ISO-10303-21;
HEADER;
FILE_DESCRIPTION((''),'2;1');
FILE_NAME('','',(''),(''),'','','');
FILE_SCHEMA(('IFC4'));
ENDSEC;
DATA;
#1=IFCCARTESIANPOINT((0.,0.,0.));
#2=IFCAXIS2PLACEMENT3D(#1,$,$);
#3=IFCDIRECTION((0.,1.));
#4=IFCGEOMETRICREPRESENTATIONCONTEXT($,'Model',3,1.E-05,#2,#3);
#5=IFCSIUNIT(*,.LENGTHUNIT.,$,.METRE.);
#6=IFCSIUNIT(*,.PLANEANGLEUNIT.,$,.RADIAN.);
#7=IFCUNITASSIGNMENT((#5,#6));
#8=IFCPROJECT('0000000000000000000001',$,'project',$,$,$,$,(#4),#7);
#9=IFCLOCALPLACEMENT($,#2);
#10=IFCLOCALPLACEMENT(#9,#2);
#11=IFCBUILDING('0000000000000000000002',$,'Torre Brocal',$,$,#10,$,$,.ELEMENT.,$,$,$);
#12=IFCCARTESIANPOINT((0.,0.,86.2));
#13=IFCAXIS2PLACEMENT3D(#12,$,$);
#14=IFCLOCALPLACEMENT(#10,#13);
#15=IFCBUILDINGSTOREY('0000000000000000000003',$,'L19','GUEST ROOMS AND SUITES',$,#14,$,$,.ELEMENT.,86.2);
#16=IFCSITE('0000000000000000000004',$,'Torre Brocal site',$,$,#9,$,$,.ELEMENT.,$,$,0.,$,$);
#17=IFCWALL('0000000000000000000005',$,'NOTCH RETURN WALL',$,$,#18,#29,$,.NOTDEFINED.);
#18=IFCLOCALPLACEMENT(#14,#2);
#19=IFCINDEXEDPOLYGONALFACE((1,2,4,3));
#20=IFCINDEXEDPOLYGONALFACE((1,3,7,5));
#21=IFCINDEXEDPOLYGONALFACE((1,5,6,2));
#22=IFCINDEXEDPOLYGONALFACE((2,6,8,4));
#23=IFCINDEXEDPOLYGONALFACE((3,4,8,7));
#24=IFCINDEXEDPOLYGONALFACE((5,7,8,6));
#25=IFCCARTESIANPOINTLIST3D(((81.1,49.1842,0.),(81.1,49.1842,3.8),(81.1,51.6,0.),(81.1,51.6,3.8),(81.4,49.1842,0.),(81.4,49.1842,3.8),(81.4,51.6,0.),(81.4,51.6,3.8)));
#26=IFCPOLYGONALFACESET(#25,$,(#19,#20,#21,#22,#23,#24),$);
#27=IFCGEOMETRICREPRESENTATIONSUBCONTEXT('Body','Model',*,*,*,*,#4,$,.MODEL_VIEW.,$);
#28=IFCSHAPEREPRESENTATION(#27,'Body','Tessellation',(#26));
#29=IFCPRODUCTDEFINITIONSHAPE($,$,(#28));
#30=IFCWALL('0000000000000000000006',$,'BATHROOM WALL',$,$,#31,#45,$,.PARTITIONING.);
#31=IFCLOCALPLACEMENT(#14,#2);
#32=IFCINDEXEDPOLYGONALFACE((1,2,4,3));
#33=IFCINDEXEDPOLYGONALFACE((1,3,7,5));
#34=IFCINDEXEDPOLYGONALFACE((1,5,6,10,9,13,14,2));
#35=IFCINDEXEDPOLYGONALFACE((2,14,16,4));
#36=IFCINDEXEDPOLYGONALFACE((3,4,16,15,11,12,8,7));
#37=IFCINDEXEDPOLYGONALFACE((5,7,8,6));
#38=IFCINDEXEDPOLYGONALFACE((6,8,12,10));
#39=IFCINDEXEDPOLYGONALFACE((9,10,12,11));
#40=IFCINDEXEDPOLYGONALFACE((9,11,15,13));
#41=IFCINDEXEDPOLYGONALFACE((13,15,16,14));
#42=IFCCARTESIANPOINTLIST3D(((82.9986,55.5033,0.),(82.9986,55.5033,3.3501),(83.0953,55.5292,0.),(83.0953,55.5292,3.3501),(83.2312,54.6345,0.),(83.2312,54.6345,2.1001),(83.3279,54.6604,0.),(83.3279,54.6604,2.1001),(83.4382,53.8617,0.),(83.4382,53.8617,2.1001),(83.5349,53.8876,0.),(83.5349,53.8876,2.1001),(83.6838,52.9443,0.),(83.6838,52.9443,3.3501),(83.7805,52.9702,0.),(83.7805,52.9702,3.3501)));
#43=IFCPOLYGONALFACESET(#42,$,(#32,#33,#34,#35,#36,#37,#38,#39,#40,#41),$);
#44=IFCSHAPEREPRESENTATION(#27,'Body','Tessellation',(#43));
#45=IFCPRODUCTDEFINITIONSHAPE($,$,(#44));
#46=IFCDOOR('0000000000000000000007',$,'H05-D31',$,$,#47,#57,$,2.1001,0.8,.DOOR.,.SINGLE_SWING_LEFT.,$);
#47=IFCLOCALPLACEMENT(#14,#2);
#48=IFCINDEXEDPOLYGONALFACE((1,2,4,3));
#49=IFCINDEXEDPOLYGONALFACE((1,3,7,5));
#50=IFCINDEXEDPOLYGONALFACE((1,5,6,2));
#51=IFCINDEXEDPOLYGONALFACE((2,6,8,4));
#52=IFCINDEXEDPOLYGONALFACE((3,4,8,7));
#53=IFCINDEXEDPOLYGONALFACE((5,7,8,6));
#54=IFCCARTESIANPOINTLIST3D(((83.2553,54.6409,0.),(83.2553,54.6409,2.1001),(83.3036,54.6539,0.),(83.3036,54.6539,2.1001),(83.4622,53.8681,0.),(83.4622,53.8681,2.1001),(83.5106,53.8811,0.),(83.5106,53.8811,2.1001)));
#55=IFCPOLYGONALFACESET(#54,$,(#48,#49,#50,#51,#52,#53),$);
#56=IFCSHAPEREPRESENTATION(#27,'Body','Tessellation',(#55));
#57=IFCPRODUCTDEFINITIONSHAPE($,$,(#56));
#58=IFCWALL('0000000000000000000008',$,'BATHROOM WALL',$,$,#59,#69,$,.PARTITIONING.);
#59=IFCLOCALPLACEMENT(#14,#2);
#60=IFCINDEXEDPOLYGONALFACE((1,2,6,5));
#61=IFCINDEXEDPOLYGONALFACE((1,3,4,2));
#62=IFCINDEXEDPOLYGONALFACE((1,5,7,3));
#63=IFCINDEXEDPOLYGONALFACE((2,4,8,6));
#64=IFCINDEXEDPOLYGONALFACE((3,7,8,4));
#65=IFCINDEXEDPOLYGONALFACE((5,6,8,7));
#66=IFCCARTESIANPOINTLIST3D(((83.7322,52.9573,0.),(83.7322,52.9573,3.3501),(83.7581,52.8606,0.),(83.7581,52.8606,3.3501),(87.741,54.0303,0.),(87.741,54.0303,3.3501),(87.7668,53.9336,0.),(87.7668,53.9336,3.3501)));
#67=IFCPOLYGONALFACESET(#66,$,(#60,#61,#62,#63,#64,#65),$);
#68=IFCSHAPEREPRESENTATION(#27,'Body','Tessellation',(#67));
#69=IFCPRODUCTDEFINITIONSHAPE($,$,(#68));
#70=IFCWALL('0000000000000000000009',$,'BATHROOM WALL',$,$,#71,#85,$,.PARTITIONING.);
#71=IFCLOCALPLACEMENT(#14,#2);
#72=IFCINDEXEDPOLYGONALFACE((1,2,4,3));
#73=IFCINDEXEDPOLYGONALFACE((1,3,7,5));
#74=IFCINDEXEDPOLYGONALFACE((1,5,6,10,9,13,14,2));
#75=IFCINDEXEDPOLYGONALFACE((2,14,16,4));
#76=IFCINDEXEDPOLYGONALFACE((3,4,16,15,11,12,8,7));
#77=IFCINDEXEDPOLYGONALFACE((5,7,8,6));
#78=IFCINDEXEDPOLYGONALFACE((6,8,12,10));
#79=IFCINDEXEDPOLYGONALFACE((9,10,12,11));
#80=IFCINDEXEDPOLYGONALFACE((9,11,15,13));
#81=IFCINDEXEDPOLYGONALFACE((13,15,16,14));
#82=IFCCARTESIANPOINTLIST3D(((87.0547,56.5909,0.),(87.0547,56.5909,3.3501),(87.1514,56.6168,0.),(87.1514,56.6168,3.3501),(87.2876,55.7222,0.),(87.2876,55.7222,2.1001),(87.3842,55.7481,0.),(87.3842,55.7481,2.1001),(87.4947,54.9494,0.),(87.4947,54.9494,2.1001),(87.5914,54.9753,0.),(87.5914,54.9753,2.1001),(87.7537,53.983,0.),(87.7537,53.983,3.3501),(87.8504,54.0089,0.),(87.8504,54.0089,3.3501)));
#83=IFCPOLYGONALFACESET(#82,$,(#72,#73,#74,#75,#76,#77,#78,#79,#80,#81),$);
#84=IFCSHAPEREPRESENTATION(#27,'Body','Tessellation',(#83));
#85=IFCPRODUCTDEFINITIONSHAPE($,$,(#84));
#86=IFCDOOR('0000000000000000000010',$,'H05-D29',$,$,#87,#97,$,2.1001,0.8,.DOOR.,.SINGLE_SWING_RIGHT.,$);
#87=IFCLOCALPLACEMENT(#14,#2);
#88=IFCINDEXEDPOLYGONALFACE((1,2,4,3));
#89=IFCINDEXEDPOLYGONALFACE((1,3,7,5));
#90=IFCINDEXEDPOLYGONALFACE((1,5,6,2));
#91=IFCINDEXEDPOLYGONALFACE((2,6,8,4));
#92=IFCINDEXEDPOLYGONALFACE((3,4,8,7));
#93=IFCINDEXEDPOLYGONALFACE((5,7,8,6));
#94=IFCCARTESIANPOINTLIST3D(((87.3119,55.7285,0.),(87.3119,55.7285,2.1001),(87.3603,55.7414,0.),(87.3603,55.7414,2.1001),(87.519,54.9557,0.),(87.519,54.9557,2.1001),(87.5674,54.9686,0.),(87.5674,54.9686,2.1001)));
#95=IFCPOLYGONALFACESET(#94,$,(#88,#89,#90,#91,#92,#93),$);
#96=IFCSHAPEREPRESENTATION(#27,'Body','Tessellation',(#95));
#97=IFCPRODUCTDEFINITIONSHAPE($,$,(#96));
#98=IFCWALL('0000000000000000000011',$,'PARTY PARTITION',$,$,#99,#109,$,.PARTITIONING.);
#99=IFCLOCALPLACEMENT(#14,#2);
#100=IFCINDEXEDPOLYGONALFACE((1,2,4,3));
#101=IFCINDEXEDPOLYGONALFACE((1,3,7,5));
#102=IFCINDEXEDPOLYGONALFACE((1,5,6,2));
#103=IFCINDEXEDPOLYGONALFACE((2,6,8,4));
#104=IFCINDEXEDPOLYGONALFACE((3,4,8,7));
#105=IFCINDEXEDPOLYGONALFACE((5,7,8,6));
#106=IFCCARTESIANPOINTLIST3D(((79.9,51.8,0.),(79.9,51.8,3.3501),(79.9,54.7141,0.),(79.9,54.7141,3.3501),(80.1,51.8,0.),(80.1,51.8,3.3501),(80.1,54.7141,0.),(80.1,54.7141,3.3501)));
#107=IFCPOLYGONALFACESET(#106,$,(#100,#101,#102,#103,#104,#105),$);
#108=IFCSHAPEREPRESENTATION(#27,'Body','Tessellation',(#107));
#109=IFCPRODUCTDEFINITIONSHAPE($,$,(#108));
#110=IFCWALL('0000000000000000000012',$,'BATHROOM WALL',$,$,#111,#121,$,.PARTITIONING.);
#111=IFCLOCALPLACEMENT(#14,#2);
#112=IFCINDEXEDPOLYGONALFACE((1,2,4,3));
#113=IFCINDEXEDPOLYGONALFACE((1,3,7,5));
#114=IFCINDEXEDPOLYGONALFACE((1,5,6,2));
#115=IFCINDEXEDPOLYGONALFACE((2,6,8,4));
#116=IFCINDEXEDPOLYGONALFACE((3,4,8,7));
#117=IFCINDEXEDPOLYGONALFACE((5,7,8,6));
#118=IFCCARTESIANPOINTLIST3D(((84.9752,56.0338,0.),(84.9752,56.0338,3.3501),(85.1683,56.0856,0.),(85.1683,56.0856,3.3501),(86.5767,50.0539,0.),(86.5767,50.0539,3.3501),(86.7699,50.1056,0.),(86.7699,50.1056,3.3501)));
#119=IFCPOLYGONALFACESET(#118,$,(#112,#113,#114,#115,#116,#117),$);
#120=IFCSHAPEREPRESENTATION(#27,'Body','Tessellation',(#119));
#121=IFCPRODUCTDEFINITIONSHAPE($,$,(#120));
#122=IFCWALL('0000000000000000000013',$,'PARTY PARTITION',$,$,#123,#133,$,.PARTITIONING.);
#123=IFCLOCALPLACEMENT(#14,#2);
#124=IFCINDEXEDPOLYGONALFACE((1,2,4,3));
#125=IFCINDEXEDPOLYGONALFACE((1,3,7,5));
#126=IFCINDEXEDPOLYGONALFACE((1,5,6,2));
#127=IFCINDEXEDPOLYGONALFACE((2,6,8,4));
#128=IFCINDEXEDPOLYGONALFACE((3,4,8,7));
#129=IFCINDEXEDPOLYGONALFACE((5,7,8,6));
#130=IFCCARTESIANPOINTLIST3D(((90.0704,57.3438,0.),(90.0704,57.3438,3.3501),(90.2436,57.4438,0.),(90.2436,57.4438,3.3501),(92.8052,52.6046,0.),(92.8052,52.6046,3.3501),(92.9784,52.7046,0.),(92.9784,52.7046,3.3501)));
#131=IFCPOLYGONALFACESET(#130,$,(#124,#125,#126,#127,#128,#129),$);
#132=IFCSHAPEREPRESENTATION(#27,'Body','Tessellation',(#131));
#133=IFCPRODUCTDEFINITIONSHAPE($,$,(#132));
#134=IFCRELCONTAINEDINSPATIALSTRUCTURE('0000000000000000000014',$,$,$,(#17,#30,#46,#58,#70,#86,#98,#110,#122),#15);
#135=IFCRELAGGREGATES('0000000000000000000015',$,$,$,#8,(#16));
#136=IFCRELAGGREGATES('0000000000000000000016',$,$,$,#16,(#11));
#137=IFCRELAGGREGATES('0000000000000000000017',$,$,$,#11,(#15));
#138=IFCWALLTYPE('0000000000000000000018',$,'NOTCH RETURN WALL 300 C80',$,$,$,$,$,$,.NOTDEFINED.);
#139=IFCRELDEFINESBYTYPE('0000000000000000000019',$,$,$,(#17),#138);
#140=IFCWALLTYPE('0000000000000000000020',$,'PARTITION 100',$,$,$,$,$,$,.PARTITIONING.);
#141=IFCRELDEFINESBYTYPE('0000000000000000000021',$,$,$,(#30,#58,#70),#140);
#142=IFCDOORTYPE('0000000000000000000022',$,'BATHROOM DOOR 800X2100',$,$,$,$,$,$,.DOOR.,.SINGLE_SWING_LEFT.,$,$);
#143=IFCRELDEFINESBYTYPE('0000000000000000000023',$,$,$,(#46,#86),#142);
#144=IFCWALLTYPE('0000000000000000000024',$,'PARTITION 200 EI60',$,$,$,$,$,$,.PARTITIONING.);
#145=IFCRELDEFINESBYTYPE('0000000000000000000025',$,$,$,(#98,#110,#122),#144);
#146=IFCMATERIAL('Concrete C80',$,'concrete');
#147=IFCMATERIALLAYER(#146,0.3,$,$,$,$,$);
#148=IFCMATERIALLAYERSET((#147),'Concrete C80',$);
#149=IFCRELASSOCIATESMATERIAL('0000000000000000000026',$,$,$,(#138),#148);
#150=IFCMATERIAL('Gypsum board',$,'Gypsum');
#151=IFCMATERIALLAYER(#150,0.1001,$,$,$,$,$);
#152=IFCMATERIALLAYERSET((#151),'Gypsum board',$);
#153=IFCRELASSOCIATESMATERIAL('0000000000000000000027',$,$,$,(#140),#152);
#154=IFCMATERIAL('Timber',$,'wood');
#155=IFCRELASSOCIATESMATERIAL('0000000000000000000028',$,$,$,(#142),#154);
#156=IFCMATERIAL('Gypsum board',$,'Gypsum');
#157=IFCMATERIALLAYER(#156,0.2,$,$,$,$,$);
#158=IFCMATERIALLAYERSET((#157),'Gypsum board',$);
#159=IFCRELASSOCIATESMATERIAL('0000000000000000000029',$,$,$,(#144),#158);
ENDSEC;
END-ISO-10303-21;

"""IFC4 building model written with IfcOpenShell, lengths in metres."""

from ifc_helpers import new_model, si_unit, direction, frame, frame_2d, origin, place, context, subcontext, project, spatial, rectangle, extrude, material, layer, layer_set, type_object, element, fill, save


model = new_model("IFC4")

# Units and contexts
model_context = context("Model", 3, precision=1e-05, world=origin(), true_north=direction((0.0, 1.0)))
body_context = subcontext(model_context, "Body", "Model", "MODEL_VIEW")
ifc_project = project(units=[si_unit("LENGTHUNIT", "METRE"), si_unit("PLANEANGLEUNIT", "RADIAN")], contexts=[model_context])

# Site, building, storey
site_placement = place(None, origin())
site = spatial("IfcSite", under=ifc_project, at=site_placement, Name="Torre Brocal site", CompositionType="ELEMENT", RefElevation=0.0)
building_placement = place(site_placement, origin())
building = spatial("IfcBuilding", under=site, at=building_placement, Name="Torre Brocal", CompositionType="ELEMENT")
storey_placement = place(building_placement, frame((0.0, 0.0, 86.2)))
storey = spatial("IfcBuildingStorey", under=building, at=storey_placement, Name="L19", Description="GUEST ROOMS AND SUITES", CompositionType="ELEMENT", Elevation=86.2)

# Wall
ifc_material_1 = material(Name="Concrete C80", Category="concrete")
ifc_layer_1 = layer(ifc_material_1, 0.3)
ifc_layer_set_1 = layer_set([ifc_layer_1], Name="Concrete C80")
wall_type_1 = type_object("IfcWallType", Name="NOTCH RETURN WALL 300 C80", PredefinedType="NOTDEFINED", material=ifc_layer_set_1)
wall_1_placement = place(storey_placement, frame((81.25, 51.6001, 0.0), z_axis=(0.0, 0.0, 1.0), x_axis=(0.0, -1.0, 0.0)))
element("IfcWall", 1, at=wall_1_placement, inside=storey, type_object=wall_type_1, Name="NOTCH RETURN WALL", PredefinedType="NOTDEFINED", context=body_context, shape_type="SweptSolid", body=[
    extrude(rectangle(XDim=2.4158, YDim=0.3, at=frame_2d((1.208, 0.0))), origin(), (0.0, 0.0, 1.0), 3.8),
])

# Wall, opening, door
ifc_material_2 = material(Name="Gypsum board", Category="Gypsum")
ifc_layer_2 = layer(ifc_material_2, 0.1001)
ifc_layer_set_2 = layer_set([ifc_layer_2], Name="Gypsum board")
wall_type_2 = type_object("IfcWallType", Name="PARTITION 100", PredefinedType="PARTITIONING", material=ifc_layer_set_2)
wall_2_placement = place(storey_placement, frame((83.0469, 55.5164, 0.0), z_axis=(0.0, 0.0, 1.0), x_axis=(0.258678, -0.965964, 0.0)))
wall_2 = element("IfcWall", 2, at=wall_2_placement, inside=storey, type_object=wall_type_2, Name="BATHROOM WALL", PredefinedType="PARTITIONING", context=body_context, shape_type="SweptSolid", body=[
    extrude(rectangle(XDim=2.6492, YDim=0.1001, at=frame_2d((1.3247, 0.0))), origin(), (0.0, 0.0, 1.0), 3.3501),
])
opening_1_placement = place(wall_2_placement, frame((0.8997, 0.0, 0.0)))
opening_1 = element("IfcOpeningElement", 3, at=opening_1_placement, cuts=wall_2, PredefinedType="OPENING", context=body_context, shape_type="SweptSolid", body=[
    extrude(rectangle(XDim=0.8, YDim=2.1001, at=frame_2d((0.3999, 1.05))), frame((0.0, 0.0601, 0.0), z_axis=(0.0, -1.0, 0.0), x_axis=(1.0, 0.0, 0.0)), (0.0, 0.0, 1.0), 0.1201),
])
ifc_material_3 = material(Name="Timber", Category="wood")
door_type_1 = type_object("IfcDoorType", Name="BATHROOM DOOR 800X2100", OperationType="SINGLE_SWING_LEFT", PredefinedType="DOOR", material=ifc_material_3)
door_1_placement = place(opening_1_placement, origin())
door_1 = element("IfcDoor", 4, at=door_1_placement, inside=storey, type_object=door_type_1, Name="H05-D31", OperationType="SINGLE_SWING_LEFT", OverallHeight=2.1001, OverallWidth=0.8, PredefinedType="DOOR", context=body_context, shape_type="SweptSolid", body=[
    extrude(rectangle(XDim=0.8, YDim=2.1001, at=frame_2d((0.3999, 1.05))), frame((0.0, 0.0249, 0.0), z_axis=(0.0, -1.0, 0.0), x_axis=(1.0, 0.0, 0.0)), (0.0, 0.0, 1.0), 0.05),
])
fill(opening_1, door_1)

# Wall
wall_3_placement = place(storey_placement, frame((83.7451, 52.9089, 0.0), z_axis=(0.0, 0.0, 1.0), x_axis=(0.965995, 0.25856, 0.0)))
element("IfcWall", 5, at=wall_3_placement, inside=storey, type_object=wall_type_2, Name="BATHROOM WALL", PredefinedType="PARTITIONING", context=body_context, shape_type="SweptSolid", body=[
    extrude(rectangle(XDim=4.1499, YDim=0.1001, at=frame_2d((2.075, 0.0))), origin(), (0.0, 0.0, 1.0), 3.3501),
])

# Wall, opening, door
wall_4_placement = place(storey_placement, frame((87.103, 56.604, 0.0), z_axis=(0.0, 0.0, 1.0), x_axis=(0.258884, -0.965908, 0.0)))
wall_4 = element("IfcWall", 6, at=wall_4_placement, inside=storey, type_object=wall_type_2, Name="BATHROOM WALL", PredefinedType="PARTITIONING", context=body_context, shape_type="SweptSolid", body=[
    extrude(rectangle(XDim=2.7, YDim=0.1001, at=frame_2d((1.3501, 0.0))), origin(), (0.0, 0.0, 1.0), 3.3501),
])
opening_2_placement = place(wall_4_placement, frame((0.8997, 0.0, 0.0)))
opening_2 = element("IfcOpeningElement", 7, at=opening_2_placement, cuts=wall_4, PredefinedType="OPENING", context=body_context, shape_type="SweptSolid", body=[
    extrude(rectangle(XDim=0.8, YDim=2.1001, at=frame_2d((0.3999, 1.05))), frame((0.0, 0.0601, 0.0), z_axis=(0.0, -1.0, 0.0), x_axis=(1.0, 0.0, 0.0)), (0.0, 0.0, 1.0), 0.1201),
])
door_2_placement = place(opening_2_placement, frame((0.8, 0.0, 0.0), z_axis=(0.0, 0.0, 1.0), x_axis=(-1.0, 0.0, 0.0)))
door_2 = element("IfcDoor", 8, at=door_2_placement, inside=storey, type_object=door_type_1, Name="H05-D29", OperationType="SINGLE_SWING_RIGHT", OverallHeight=2.1001, OverallWidth=0.8, PredefinedType="DOOR", context=body_context, shape_type="SweptSolid", body=[
    extrude(rectangle(XDim=0.8, YDim=2.1001, at=frame_2d((0.3999, 1.05))), frame((0.0, 0.0249, 0.0), z_axis=(0.0, -1.0, 0.0), x_axis=(1.0, 0.0, 0.0)), (0.0, 0.0, 1.0), 0.05),
])
fill(opening_2, door_2)

# Walls
ifc_material_4 = material(Name="Gypsum board", Category="Gypsum")
ifc_layer_3 = layer(ifc_material_4, 0.2)
ifc_layer_set_3 = layer_set([ifc_layer_3], Name="Gypsum board")
wall_type_3 = type_object("IfcWallType", Name="PARTITION 200 EI60", PredefinedType="PARTITIONING", material=ifc_layer_set_3)
wall_5_placement = place(storey_placement, frame((80.0, 51.8, 0.0), z_axis=(0.0, 0.0, 1.0), x_axis=(0.0, 1.0, 0.0)))
element("IfcWall", 9, at=wall_5_placement, inside=storey, type_object=wall_type_3, Name="PARTY PARTITION", PredefinedType="PARTITIONING", context=body_context, shape_type="SweptSolid", body=[
    extrude(rectangle(XDim=2.9141, YDim=0.2, at=frame_2d((1.457, 0.0))), origin(), (0.0, 0.0, 1.0), 3.3501),
])
wall_6_placement = place(storey_placement, frame((85.0718, 56.0596, 0.0), z_axis=(0.0, 0.0, 1.0), x_axis=(0.258703, -0.965957, 0.0)))
element("IfcWall", 10, at=wall_6_placement, inside=storey, type_object=wall_type_3, Name="BATHROOM WALL", PredefinedType="PARTITIONING", context=body_context, shape_type="SweptSolid", body=[
    extrude(rectangle(XDim=6.1907, YDim=0.2, at=frame_2d((3.0952, 0.0))), origin(), (0.0, 0.0, 1.0), 3.3501),
])
wall_7_placement = place(storey_placement, frame((90.157, 57.3938, 0.0), z_axis=(0.0, 0.0, 1.0), x_axis=(0.499815, -0.866132, 0.0)))
element("IfcWall", 11, at=wall_7_placement, inside=storey, type_object=wall_type_3, Name="PARTY PARTITION", PredefinedType="PARTITIONING", context=body_context, shape_type="SweptSolid", body=[
    extrude(rectangle(XDim=5.4717, YDim=0.2, at=frame_2d((2.7358, 0.0))), origin(), (0.0, 0.0, 1.0), 3.3501),
])

save(model, "model.ifc")
